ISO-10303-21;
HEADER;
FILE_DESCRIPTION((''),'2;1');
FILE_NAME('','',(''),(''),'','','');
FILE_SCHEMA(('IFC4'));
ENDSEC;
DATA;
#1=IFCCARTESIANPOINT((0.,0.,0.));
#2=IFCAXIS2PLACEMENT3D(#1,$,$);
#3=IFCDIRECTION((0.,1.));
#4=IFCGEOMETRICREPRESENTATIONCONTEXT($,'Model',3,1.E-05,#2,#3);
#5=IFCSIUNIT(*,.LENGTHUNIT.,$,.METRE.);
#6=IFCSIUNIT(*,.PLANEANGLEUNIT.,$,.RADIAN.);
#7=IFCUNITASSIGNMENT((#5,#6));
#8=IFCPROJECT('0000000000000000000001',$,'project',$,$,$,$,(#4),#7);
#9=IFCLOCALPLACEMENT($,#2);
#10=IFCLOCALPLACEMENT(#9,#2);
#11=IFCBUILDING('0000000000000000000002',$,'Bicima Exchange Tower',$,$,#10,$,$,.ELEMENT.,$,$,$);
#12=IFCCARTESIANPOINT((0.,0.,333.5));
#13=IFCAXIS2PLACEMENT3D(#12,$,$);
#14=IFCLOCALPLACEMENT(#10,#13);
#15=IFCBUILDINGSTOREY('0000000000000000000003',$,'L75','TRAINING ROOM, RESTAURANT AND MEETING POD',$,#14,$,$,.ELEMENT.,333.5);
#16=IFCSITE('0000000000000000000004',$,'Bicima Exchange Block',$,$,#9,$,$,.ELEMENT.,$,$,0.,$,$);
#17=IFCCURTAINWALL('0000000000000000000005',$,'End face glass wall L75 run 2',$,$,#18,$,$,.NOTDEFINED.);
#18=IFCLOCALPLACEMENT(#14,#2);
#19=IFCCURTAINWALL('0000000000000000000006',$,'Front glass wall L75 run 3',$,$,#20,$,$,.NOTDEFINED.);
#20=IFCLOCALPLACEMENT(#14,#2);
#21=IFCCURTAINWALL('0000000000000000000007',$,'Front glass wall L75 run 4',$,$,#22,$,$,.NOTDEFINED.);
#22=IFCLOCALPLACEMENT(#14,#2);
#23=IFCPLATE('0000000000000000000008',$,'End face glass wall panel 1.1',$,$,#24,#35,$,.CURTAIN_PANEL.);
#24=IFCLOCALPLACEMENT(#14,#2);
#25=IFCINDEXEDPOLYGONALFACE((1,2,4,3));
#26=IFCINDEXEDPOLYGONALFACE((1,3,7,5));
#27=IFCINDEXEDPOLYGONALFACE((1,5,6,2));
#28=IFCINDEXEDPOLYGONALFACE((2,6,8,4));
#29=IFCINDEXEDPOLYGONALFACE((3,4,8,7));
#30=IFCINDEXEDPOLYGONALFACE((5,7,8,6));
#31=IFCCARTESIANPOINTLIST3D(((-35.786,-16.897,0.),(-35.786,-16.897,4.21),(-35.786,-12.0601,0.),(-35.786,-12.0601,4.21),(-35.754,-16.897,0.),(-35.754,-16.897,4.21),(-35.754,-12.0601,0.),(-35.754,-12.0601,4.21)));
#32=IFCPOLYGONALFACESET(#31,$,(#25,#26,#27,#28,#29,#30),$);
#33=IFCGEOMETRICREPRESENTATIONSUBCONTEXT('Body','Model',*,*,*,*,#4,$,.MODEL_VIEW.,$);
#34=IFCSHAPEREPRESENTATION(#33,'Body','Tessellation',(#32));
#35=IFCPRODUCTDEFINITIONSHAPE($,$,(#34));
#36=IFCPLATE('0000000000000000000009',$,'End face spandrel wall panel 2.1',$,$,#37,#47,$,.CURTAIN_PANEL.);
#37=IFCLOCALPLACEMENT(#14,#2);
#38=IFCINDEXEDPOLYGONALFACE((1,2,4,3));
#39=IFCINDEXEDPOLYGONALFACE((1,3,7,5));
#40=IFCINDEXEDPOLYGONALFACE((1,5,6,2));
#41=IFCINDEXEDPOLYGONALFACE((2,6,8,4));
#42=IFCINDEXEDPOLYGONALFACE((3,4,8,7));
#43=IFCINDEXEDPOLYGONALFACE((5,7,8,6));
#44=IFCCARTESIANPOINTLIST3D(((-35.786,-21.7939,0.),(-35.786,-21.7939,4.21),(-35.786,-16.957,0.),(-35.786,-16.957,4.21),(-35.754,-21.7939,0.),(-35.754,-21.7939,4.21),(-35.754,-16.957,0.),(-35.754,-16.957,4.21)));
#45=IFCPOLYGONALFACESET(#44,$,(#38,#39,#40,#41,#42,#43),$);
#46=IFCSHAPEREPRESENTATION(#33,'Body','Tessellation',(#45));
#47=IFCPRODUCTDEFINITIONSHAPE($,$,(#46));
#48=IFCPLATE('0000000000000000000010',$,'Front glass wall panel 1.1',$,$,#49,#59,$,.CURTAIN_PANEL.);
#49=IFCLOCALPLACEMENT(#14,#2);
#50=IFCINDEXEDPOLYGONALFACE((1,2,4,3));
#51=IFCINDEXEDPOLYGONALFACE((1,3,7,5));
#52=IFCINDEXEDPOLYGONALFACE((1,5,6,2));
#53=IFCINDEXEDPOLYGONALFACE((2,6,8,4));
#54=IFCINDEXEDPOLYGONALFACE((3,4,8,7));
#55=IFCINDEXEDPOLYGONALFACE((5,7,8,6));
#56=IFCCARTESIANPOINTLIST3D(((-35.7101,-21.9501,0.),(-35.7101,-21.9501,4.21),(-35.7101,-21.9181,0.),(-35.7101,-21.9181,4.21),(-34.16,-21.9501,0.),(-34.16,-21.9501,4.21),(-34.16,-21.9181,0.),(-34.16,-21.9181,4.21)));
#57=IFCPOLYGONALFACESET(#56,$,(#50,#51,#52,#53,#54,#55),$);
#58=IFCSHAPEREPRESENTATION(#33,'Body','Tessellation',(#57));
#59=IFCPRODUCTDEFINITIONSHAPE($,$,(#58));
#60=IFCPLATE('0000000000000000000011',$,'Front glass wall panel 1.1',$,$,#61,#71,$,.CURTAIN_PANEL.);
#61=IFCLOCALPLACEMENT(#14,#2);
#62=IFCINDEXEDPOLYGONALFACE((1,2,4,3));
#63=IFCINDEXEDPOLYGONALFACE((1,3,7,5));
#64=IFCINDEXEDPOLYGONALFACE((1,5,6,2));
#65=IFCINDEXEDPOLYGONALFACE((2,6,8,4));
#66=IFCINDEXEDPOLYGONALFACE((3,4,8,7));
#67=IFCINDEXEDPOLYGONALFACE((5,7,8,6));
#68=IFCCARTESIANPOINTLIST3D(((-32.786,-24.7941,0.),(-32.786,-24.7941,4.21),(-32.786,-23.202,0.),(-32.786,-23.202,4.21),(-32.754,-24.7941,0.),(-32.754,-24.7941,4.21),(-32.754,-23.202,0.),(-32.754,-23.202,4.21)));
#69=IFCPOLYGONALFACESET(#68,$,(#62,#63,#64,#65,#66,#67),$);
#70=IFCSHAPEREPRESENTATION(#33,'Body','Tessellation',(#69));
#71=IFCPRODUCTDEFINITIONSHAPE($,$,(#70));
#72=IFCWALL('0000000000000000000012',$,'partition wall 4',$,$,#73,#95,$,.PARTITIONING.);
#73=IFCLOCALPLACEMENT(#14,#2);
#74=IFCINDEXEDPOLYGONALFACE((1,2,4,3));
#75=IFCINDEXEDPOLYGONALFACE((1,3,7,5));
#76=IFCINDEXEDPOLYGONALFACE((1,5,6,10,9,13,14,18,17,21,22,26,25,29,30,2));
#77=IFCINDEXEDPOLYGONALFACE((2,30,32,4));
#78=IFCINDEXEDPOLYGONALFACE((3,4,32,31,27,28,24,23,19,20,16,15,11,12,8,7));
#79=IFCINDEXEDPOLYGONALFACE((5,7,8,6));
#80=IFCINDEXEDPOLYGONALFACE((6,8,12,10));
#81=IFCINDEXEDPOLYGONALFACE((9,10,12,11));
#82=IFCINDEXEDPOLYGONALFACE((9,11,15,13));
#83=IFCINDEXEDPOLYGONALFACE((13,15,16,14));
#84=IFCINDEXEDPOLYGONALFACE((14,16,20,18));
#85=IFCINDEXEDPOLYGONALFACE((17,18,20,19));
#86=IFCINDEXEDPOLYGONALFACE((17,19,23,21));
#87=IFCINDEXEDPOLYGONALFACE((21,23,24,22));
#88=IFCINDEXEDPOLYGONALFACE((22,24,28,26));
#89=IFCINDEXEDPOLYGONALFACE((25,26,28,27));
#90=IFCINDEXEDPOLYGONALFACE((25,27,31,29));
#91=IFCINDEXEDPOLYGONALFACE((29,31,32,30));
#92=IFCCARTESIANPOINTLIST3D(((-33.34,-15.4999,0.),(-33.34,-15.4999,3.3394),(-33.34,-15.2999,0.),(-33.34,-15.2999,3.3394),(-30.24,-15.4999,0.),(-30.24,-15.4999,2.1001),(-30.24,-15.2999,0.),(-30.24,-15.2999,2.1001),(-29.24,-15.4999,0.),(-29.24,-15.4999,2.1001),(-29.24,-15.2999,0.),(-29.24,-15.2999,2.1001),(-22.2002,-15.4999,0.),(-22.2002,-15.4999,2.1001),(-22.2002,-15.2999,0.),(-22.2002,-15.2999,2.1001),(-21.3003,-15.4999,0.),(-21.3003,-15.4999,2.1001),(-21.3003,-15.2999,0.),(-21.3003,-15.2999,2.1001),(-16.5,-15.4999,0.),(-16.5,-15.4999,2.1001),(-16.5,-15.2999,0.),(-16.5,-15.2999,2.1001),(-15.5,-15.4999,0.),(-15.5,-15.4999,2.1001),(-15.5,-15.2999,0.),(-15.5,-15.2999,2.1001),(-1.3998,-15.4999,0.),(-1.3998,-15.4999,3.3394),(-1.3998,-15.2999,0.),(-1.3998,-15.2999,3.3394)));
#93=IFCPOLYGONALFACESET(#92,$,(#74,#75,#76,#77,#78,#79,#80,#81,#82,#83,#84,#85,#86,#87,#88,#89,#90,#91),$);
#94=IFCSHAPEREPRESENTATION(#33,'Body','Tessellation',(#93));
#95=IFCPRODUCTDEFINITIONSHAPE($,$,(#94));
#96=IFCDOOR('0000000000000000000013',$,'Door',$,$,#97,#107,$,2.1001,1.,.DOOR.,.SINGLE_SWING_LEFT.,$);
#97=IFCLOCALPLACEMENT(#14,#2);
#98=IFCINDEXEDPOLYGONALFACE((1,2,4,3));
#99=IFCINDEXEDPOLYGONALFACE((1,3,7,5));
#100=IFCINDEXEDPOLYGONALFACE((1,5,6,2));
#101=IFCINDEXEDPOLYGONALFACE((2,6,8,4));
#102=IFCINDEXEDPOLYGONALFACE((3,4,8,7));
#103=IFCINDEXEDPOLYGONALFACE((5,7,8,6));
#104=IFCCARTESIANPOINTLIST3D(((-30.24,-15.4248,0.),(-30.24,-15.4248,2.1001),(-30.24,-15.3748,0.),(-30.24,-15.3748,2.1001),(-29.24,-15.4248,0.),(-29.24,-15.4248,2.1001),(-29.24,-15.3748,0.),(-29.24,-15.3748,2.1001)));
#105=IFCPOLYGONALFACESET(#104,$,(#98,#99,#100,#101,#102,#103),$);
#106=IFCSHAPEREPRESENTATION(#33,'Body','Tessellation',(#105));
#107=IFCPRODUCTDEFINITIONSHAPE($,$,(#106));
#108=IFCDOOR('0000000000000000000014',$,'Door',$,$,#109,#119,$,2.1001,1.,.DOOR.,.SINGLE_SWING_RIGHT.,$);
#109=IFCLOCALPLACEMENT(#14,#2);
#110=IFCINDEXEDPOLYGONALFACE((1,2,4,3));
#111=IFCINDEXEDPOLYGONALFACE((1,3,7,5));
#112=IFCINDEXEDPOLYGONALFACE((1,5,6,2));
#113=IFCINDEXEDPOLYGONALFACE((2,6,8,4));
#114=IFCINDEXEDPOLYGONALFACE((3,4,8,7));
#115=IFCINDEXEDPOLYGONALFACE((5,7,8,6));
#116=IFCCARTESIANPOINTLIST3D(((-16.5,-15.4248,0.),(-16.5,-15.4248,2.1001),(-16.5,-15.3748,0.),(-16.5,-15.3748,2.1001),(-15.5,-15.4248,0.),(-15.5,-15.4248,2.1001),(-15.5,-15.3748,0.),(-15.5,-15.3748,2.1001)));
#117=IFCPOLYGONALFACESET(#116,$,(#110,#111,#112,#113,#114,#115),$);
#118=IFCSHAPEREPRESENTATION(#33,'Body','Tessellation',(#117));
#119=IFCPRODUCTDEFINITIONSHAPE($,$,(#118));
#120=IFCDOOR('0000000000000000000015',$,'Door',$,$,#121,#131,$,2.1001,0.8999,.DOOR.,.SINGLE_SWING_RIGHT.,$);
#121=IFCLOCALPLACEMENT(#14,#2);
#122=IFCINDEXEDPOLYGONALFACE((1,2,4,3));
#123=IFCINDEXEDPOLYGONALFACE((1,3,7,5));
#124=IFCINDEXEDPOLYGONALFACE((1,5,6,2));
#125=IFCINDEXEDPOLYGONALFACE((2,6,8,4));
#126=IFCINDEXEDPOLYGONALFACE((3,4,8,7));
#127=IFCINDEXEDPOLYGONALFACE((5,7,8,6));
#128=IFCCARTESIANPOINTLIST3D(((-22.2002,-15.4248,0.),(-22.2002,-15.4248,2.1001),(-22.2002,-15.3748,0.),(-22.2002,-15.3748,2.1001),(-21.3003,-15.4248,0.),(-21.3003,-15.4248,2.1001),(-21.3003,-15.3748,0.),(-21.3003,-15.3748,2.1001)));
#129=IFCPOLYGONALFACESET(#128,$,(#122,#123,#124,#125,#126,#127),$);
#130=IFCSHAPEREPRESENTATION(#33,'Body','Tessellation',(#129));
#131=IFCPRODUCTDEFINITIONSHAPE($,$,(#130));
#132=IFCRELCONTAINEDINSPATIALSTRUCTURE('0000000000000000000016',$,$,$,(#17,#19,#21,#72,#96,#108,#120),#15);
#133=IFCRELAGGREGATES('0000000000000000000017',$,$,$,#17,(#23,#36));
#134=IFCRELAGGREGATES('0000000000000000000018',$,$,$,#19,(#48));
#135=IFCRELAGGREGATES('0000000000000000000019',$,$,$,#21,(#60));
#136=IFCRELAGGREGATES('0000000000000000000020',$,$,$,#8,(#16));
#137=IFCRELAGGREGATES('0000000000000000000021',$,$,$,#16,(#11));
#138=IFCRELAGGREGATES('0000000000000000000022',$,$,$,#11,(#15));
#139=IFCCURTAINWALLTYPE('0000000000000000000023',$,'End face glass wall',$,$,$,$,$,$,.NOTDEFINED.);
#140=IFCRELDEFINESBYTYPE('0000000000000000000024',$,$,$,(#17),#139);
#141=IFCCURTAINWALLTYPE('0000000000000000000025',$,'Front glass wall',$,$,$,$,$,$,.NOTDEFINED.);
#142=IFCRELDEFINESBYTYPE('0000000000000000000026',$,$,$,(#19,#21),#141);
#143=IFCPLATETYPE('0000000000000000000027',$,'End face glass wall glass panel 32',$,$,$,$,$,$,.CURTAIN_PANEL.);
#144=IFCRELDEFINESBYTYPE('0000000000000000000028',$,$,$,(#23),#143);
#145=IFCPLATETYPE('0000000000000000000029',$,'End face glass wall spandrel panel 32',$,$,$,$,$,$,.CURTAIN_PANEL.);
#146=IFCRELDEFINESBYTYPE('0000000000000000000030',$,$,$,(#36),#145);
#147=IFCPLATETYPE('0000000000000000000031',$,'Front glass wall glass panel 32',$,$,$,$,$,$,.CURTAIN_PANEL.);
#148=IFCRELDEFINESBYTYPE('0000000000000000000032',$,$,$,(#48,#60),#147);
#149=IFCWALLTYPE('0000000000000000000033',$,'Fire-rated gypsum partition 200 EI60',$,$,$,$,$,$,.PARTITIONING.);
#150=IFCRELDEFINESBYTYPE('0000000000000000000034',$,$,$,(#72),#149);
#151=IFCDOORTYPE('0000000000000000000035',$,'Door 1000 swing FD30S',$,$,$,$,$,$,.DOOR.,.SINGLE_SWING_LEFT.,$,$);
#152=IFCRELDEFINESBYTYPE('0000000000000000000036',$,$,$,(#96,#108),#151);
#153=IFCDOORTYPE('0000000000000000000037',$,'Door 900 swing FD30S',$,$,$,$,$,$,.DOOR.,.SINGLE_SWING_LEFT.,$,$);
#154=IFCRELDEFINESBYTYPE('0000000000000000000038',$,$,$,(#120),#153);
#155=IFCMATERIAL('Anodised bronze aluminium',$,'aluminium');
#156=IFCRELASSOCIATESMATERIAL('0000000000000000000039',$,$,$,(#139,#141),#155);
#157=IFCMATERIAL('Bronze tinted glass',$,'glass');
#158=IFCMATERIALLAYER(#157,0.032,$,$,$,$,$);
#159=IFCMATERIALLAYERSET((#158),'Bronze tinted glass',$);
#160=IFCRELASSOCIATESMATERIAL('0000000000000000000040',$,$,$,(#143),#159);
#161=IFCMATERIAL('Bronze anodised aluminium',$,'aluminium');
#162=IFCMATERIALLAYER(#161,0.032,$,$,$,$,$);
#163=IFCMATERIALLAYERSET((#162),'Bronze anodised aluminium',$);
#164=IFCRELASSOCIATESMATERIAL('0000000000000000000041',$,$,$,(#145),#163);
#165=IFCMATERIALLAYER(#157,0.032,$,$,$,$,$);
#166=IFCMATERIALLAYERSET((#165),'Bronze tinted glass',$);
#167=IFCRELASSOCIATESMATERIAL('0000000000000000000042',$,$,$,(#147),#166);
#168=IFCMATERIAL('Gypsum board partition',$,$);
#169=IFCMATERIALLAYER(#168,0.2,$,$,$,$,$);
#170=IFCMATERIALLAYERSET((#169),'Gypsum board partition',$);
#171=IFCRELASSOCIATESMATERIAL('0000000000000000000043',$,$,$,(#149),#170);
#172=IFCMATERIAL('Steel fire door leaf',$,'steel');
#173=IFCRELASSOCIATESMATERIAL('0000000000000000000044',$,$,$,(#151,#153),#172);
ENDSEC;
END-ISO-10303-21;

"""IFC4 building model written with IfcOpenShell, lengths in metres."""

from ifc_helpers import new_model, si_unit, direction, frame, frame_2d, origin, origin_2d, place, context, subcontext, project, spatial, rectangle, extrude, material, layer, layer_set, type_object, element, fill, aggregate, save


model = new_model("IFC4")

# Units and contexts
model_context = context("Model", 3, precision=1e-05, world=origin(), true_north=direction((0.0, 1.0)))
body_context = subcontext(model_context, "Body", "Model", "MODEL_VIEW")
ifc_project = project(units=[si_unit("LENGTHUNIT", "METRE"), si_unit("PLANEANGLEUNIT", "RADIAN")], contexts=[model_context])

# Site, building, storey
site_placement = place(None, origin())
site = spatial("IfcSite", under=ifc_project, at=site_placement, Name="Bicima Exchange Block", CompositionType="ELEMENT", RefElevation=0.0)
building_placement = place(site_placement, origin())
building = spatial("IfcBuilding", under=site, at=building_placement, Name="Bicima Exchange Tower", CompositionType="ELEMENT")
storey_placement = place(building_placement, frame((0.0, 0.0, 333.5)))
storey = spatial("IfcBuildingStorey", under=building, at=storey_placement, Name="L75", Description="TRAINING ROOM, RESTAURANT AND MEETING POD", CompositionType="ELEMENT", Elevation=333.5)

# Curtain wall
ifc_material_1 = material(Name="Anodised bronze aluminium", Category="aluminium")
curtain_wall_type_1 = type_object("IfcCurtainWallType", Name="End face glass wall", PredefinedType="NOTDEFINED", material=ifc_material_1)
curtain_wall_1_placement = place(storey_placement, origin())
curtain_wall_1 = element("IfcCurtainWall", 1, at=curtain_wall_1_placement, inside=storey, type_object=curtain_wall_type_1, Name="End face glass wall L75 run 2", PredefinedType="NOTDEFINED")

# Curtain walls
curtain_wall_type_2 = type_object("IfcCurtainWallType", Name="Front glass wall", PredefinedType="NOTDEFINED", material=ifc_material_1)
curtain_wall_2_placement = place(storey_placement, origin())
curtain_wall_2 = element("IfcCurtainWall", 2, at=curtain_wall_2_placement, inside=storey, type_object=curtain_wall_type_2, Name="Front glass wall L75 run 3", PredefinedType="NOTDEFINED")
curtain_wall_3_placement = place(storey_placement, origin())
curtain_wall_3 = element("IfcCurtainWall", 3, at=curtain_wall_3_placement, inside=storey, type_object=curtain_wall_type_2, Name="Front glass wall L75 run 4", PredefinedType="NOTDEFINED")

# Plates
ifc_material_2 = material(Name="Bronze tinted glass", Category="glass")
ifc_layer_1 = layer(ifc_material_2, 0.032)
ifc_layer_set_1 = layer_set([ifc_layer_1], Name="Bronze tinted glass")
plate_type_1 = type_object("IfcPlateType", Name="End face glass wall glass panel 32", PredefinedType="CURTAIN_PANEL", material=ifc_layer_set_1)
plate_1_placement = place(storey_placement, frame((-35.77, -14.4785, 0.0), z_axis=(0.0, 0.0, 1.0), x_axis=(0.0, -1.0, 0.0)))
plate_1 = element("IfcPlate", 4, at=plate_1_placement, type_object=plate_type_1, Name="End face glass wall panel 1.1", PredefinedType="CURTAIN_PANEL", context=body_context, shape_type="SweptSolid", body=[
    extrude(rectangle(XDim=4.8369, YDim=0.032, at=origin_2d()), origin(), (0.0, 0.0, 1.0), 4.21),
])
ifc_material_3 = material(Name="Bronze anodised aluminium", Category="aluminium")
ifc_layer_2 = layer(ifc_material_3, 0.032)
ifc_layer_set_2 = layer_set([ifc_layer_2], Name="Bronze anodised aluminium")
plate_type_2 = type_object("IfcPlateType", Name="End face glass wall spandrel panel 32", PredefinedType="CURTAIN_PANEL", material=ifc_layer_set_2)
plate_2_placement = place(storey_placement, frame((-35.77, -19.3755, 0.0), z_axis=(0.0, 0.0, 1.0), x_axis=(0.0, -1.0, 0.0)))
plate_2 = element("IfcPlate", 5, at=plate_2_placement, type_object=plate_type_2, Name="End face spandrel wall panel 2.1", PredefinedType="CURTAIN_PANEL", context=body_context, shape_type="SweptSolid", body=[
    extrude(rectangle(XDim=4.8369, YDim=0.032, at=origin_2d()), origin(), (0.0, 0.0, 1.0), 4.21),
])
aggregate(curtain_wall_1, [plate_1, plate_2])
ifc_layer_3 = layer(ifc_material_2, 0.032)
ifc_layer_set_3 = layer_set([ifc_layer_3], Name="Bronze tinted glass")
plate_type_3 = type_object("IfcPlateType", Name="Front glass wall glass panel 32", PredefinedType="CURTAIN_PANEL", material=ifc_layer_set_3)
plate_3_placement = place(storey_placement, frame((-34.9351, -21.9341, 0.0), z_axis=(0.0, 0.0, 1.0), x_axis=(1.0, 0.0, 0.0)))
plate_3 = element("IfcPlate", 6, at=plate_3_placement, type_object=plate_type_3, Name="Front glass wall panel 1.1", PredefinedType="CURTAIN_PANEL", context=body_context, shape_type="SweptSolid", body=[
    extrude(rectangle(XDim=1.55, YDim=0.032, at=origin_2d()), origin(), (0.0, 0.0, 1.0), 4.21),
])
aggregate(curtain_wall_2, [plate_3])
plate_4_placement = place(storey_placement, frame((-32.77, -23.998, 0.0), z_axis=(0.0, 0.0, 1.0), x_axis=(0.0, -1.0, 0.0)))
plate_4 = element("IfcPlate", 7, at=plate_4_placement, type_object=plate_type_3, Name="Front glass wall panel 1.1", PredefinedType="CURTAIN_PANEL", context=body_context, shape_type="SweptSolid", body=[
    extrude(rectangle(XDim=1.592, YDim=0.032, at=origin_2d()), origin(), (0.0, 0.0, 1.0), 4.21),
])
aggregate(curtain_wall_3, [plate_4])

# Wall, openings, doors
ifc_material_4 = material(Name="Gypsum board partition")
ifc_layer_4 = layer(ifc_material_4, 0.2)
ifc_layer_set_4 = layer_set([ifc_layer_4], Name="Gypsum board partition")
wall_type = type_object("IfcWallType", Name="Fire-rated gypsum partition 200 EI60", PredefinedType="PARTITIONING", material=ifc_layer_set_4)
wall_1_placement = place(storey_placement, frame((-33.3401, -15.3999, 0.0), z_axis=(0.0, 0.0, 1.0), x_axis=(1.0, 0.0, 0.0)))
wall_1 = element("IfcWall", 8, at=wall_1_placement, inside=storey, type_object=wall_type, Name="partition wall 4", PredefinedType="PARTITIONING", context=body_context, shape_type="SweptSolid", body=[
    extrude(rectangle(XDim=31.9402, YDim=0.2, at=frame_2d((15.9702, 0.0))), origin(), (0.0, 0.0, 1.0), 3.3394),
])
opening_1_placement = place(wall_1_placement, frame((3.1001, 0.0, 0.0)))
opening_1 = element("IfcOpeningElement", 9, at=opening_1_placement, cuts=wall_1, PredefinedType="OPENING", context=body_context, shape_type="SweptSolid", body=[
    extrude(rectangle(XDim=1.0, YDim=2.1001, at=frame_2d((0.5, 1.05))), frame((0.0, 0.1118, 0.0), z_axis=(0.0, -1.0, 0.0), x_axis=(1.0, 0.0, 0.0)), (0.0, 0.0, 1.0), 0.2239),
])
opening_2_placement = place(wall_1_placement, frame((11.1399, 0.0, 0.0)))
opening_2 = element("IfcOpeningElement", 10, at=opening_2_placement, cuts=wall_1, PredefinedType="OPENING", context=body_context, shape_type="SweptSolid", body=[
    extrude(rectangle(XDim=0.8999, YDim=2.1001, at=frame_2d((0.45, 1.05))), frame((0.0, 0.1118, 0.0), z_axis=(0.0, -1.0, 0.0), x_axis=(1.0, 0.0, 0.0)), (0.0, 0.0, 1.0), 0.2239),
])
opening_3_placement = place(wall_1_placement, frame((16.8401, 0.0, 0.0)))
opening_3 = element("IfcOpeningElement", 11, at=opening_3_placement, cuts=wall_1, PredefinedType="OPENING", context=body_context, shape_type="SweptSolid", body=[
    extrude(rectangle(XDim=1.0, YDim=2.1001, at=frame_2d((0.5, 1.05))), frame((0.0, 0.1118, 0.0), z_axis=(0.0, -1.0, 0.0), x_axis=(1.0, 0.0, 0.0)), (0.0, 0.0, 1.0), 0.2239),
])
ifc_material_5 = material(Name="Steel fire door leaf", Category="steel")
door_type_1 = type_object("IfcDoorType", Name="Door 1000 swing FD30S", OperationType="SINGLE_SWING_LEFT", PredefinedType="DOOR", material=ifc_material_5)
door_1_placement = place(opening_1_placement, frame((1.0, 0.0, 0.0), z_axis=(0.0, 0.0, 1.0), x_axis=(-1.0, 0.0, 0.0)))
door_1 = element("IfcDoor", 12, at=door_1_placement, inside=storey, type_object=door_type_1, Name="Door", OperationType="SINGLE_SWING_LEFT", OverallHeight=2.1001, OverallWidth=1.0, PredefinedType="DOOR", context=body_context, shape_type="SweptSolid", body=[
    extrude(rectangle(XDim=1.0, YDim=2.1001, at=frame_2d((0.5, 1.05))), frame((0.0, 0.0249, 0.0), z_axis=(0.0, -1.0, 0.0), x_axis=(1.0, 0.0, 0.0)), (0.0, 0.0, 1.0), 0.05),
])
fill(opening_1, door_1)
door_2_placement = place(opening_3_placement, frame((1.0, 0.0, 0.0), z_axis=(0.0, 0.0, 1.0), x_axis=(-1.0, 0.0, 0.0)))
door_2 = element("IfcDoor", 13, at=door_2_placement, inside=storey, type_object=door_type_1, Name="Door", OperationType="SINGLE_SWING_RIGHT", OverallHeight=2.1001, OverallWidth=1.0, PredefinedType="DOOR", context=body_context, shape_type="SweptSolid", body=[
    extrude(rectangle(XDim=1.0, YDim=2.1001, at=frame_2d((0.5, 1.05))), frame((0.0, 0.0249, 0.0), z_axis=(0.0, -1.0, 0.0), x_axis=(1.0, 0.0, 0.0)), (0.0, 0.0, 1.0), 0.05),
])
fill(opening_3, door_2)
door_type_2 = type_object("IfcDoorType", Name="Door 900 swing FD30S", OperationType="SINGLE_SWING_LEFT", PredefinedType="DOOR", material=ifc_material_5)
door_3_placement = place(opening_2_placement, frame((0.8999, 0.0, 0.0), z_axis=(0.0, 0.0, 1.0), x_axis=(-1.0, 0.0, 0.0)))
door_3 = element("IfcDoor", 14, at=door_3_placement, inside=storey, type_object=door_type_2, Name="Door", OperationType="SINGLE_SWING_RIGHT", OverallHeight=2.1001, OverallWidth=0.8999, PredefinedType="DOOR", context=body_context, shape_type="SweptSolid", body=[
    extrude(rectangle(XDim=0.8999, YDim=2.1001, at=frame_2d((0.45, 1.05))), frame((0.0, 0.0249, 0.0), z_axis=(0.0, -1.0, 0.0), x_axis=(1.0, 0.0, 0.0)), (0.0, 0.0, 1.0), 0.05),
])
fill(opening_2, door_3)

save(model, "model.ifc")
